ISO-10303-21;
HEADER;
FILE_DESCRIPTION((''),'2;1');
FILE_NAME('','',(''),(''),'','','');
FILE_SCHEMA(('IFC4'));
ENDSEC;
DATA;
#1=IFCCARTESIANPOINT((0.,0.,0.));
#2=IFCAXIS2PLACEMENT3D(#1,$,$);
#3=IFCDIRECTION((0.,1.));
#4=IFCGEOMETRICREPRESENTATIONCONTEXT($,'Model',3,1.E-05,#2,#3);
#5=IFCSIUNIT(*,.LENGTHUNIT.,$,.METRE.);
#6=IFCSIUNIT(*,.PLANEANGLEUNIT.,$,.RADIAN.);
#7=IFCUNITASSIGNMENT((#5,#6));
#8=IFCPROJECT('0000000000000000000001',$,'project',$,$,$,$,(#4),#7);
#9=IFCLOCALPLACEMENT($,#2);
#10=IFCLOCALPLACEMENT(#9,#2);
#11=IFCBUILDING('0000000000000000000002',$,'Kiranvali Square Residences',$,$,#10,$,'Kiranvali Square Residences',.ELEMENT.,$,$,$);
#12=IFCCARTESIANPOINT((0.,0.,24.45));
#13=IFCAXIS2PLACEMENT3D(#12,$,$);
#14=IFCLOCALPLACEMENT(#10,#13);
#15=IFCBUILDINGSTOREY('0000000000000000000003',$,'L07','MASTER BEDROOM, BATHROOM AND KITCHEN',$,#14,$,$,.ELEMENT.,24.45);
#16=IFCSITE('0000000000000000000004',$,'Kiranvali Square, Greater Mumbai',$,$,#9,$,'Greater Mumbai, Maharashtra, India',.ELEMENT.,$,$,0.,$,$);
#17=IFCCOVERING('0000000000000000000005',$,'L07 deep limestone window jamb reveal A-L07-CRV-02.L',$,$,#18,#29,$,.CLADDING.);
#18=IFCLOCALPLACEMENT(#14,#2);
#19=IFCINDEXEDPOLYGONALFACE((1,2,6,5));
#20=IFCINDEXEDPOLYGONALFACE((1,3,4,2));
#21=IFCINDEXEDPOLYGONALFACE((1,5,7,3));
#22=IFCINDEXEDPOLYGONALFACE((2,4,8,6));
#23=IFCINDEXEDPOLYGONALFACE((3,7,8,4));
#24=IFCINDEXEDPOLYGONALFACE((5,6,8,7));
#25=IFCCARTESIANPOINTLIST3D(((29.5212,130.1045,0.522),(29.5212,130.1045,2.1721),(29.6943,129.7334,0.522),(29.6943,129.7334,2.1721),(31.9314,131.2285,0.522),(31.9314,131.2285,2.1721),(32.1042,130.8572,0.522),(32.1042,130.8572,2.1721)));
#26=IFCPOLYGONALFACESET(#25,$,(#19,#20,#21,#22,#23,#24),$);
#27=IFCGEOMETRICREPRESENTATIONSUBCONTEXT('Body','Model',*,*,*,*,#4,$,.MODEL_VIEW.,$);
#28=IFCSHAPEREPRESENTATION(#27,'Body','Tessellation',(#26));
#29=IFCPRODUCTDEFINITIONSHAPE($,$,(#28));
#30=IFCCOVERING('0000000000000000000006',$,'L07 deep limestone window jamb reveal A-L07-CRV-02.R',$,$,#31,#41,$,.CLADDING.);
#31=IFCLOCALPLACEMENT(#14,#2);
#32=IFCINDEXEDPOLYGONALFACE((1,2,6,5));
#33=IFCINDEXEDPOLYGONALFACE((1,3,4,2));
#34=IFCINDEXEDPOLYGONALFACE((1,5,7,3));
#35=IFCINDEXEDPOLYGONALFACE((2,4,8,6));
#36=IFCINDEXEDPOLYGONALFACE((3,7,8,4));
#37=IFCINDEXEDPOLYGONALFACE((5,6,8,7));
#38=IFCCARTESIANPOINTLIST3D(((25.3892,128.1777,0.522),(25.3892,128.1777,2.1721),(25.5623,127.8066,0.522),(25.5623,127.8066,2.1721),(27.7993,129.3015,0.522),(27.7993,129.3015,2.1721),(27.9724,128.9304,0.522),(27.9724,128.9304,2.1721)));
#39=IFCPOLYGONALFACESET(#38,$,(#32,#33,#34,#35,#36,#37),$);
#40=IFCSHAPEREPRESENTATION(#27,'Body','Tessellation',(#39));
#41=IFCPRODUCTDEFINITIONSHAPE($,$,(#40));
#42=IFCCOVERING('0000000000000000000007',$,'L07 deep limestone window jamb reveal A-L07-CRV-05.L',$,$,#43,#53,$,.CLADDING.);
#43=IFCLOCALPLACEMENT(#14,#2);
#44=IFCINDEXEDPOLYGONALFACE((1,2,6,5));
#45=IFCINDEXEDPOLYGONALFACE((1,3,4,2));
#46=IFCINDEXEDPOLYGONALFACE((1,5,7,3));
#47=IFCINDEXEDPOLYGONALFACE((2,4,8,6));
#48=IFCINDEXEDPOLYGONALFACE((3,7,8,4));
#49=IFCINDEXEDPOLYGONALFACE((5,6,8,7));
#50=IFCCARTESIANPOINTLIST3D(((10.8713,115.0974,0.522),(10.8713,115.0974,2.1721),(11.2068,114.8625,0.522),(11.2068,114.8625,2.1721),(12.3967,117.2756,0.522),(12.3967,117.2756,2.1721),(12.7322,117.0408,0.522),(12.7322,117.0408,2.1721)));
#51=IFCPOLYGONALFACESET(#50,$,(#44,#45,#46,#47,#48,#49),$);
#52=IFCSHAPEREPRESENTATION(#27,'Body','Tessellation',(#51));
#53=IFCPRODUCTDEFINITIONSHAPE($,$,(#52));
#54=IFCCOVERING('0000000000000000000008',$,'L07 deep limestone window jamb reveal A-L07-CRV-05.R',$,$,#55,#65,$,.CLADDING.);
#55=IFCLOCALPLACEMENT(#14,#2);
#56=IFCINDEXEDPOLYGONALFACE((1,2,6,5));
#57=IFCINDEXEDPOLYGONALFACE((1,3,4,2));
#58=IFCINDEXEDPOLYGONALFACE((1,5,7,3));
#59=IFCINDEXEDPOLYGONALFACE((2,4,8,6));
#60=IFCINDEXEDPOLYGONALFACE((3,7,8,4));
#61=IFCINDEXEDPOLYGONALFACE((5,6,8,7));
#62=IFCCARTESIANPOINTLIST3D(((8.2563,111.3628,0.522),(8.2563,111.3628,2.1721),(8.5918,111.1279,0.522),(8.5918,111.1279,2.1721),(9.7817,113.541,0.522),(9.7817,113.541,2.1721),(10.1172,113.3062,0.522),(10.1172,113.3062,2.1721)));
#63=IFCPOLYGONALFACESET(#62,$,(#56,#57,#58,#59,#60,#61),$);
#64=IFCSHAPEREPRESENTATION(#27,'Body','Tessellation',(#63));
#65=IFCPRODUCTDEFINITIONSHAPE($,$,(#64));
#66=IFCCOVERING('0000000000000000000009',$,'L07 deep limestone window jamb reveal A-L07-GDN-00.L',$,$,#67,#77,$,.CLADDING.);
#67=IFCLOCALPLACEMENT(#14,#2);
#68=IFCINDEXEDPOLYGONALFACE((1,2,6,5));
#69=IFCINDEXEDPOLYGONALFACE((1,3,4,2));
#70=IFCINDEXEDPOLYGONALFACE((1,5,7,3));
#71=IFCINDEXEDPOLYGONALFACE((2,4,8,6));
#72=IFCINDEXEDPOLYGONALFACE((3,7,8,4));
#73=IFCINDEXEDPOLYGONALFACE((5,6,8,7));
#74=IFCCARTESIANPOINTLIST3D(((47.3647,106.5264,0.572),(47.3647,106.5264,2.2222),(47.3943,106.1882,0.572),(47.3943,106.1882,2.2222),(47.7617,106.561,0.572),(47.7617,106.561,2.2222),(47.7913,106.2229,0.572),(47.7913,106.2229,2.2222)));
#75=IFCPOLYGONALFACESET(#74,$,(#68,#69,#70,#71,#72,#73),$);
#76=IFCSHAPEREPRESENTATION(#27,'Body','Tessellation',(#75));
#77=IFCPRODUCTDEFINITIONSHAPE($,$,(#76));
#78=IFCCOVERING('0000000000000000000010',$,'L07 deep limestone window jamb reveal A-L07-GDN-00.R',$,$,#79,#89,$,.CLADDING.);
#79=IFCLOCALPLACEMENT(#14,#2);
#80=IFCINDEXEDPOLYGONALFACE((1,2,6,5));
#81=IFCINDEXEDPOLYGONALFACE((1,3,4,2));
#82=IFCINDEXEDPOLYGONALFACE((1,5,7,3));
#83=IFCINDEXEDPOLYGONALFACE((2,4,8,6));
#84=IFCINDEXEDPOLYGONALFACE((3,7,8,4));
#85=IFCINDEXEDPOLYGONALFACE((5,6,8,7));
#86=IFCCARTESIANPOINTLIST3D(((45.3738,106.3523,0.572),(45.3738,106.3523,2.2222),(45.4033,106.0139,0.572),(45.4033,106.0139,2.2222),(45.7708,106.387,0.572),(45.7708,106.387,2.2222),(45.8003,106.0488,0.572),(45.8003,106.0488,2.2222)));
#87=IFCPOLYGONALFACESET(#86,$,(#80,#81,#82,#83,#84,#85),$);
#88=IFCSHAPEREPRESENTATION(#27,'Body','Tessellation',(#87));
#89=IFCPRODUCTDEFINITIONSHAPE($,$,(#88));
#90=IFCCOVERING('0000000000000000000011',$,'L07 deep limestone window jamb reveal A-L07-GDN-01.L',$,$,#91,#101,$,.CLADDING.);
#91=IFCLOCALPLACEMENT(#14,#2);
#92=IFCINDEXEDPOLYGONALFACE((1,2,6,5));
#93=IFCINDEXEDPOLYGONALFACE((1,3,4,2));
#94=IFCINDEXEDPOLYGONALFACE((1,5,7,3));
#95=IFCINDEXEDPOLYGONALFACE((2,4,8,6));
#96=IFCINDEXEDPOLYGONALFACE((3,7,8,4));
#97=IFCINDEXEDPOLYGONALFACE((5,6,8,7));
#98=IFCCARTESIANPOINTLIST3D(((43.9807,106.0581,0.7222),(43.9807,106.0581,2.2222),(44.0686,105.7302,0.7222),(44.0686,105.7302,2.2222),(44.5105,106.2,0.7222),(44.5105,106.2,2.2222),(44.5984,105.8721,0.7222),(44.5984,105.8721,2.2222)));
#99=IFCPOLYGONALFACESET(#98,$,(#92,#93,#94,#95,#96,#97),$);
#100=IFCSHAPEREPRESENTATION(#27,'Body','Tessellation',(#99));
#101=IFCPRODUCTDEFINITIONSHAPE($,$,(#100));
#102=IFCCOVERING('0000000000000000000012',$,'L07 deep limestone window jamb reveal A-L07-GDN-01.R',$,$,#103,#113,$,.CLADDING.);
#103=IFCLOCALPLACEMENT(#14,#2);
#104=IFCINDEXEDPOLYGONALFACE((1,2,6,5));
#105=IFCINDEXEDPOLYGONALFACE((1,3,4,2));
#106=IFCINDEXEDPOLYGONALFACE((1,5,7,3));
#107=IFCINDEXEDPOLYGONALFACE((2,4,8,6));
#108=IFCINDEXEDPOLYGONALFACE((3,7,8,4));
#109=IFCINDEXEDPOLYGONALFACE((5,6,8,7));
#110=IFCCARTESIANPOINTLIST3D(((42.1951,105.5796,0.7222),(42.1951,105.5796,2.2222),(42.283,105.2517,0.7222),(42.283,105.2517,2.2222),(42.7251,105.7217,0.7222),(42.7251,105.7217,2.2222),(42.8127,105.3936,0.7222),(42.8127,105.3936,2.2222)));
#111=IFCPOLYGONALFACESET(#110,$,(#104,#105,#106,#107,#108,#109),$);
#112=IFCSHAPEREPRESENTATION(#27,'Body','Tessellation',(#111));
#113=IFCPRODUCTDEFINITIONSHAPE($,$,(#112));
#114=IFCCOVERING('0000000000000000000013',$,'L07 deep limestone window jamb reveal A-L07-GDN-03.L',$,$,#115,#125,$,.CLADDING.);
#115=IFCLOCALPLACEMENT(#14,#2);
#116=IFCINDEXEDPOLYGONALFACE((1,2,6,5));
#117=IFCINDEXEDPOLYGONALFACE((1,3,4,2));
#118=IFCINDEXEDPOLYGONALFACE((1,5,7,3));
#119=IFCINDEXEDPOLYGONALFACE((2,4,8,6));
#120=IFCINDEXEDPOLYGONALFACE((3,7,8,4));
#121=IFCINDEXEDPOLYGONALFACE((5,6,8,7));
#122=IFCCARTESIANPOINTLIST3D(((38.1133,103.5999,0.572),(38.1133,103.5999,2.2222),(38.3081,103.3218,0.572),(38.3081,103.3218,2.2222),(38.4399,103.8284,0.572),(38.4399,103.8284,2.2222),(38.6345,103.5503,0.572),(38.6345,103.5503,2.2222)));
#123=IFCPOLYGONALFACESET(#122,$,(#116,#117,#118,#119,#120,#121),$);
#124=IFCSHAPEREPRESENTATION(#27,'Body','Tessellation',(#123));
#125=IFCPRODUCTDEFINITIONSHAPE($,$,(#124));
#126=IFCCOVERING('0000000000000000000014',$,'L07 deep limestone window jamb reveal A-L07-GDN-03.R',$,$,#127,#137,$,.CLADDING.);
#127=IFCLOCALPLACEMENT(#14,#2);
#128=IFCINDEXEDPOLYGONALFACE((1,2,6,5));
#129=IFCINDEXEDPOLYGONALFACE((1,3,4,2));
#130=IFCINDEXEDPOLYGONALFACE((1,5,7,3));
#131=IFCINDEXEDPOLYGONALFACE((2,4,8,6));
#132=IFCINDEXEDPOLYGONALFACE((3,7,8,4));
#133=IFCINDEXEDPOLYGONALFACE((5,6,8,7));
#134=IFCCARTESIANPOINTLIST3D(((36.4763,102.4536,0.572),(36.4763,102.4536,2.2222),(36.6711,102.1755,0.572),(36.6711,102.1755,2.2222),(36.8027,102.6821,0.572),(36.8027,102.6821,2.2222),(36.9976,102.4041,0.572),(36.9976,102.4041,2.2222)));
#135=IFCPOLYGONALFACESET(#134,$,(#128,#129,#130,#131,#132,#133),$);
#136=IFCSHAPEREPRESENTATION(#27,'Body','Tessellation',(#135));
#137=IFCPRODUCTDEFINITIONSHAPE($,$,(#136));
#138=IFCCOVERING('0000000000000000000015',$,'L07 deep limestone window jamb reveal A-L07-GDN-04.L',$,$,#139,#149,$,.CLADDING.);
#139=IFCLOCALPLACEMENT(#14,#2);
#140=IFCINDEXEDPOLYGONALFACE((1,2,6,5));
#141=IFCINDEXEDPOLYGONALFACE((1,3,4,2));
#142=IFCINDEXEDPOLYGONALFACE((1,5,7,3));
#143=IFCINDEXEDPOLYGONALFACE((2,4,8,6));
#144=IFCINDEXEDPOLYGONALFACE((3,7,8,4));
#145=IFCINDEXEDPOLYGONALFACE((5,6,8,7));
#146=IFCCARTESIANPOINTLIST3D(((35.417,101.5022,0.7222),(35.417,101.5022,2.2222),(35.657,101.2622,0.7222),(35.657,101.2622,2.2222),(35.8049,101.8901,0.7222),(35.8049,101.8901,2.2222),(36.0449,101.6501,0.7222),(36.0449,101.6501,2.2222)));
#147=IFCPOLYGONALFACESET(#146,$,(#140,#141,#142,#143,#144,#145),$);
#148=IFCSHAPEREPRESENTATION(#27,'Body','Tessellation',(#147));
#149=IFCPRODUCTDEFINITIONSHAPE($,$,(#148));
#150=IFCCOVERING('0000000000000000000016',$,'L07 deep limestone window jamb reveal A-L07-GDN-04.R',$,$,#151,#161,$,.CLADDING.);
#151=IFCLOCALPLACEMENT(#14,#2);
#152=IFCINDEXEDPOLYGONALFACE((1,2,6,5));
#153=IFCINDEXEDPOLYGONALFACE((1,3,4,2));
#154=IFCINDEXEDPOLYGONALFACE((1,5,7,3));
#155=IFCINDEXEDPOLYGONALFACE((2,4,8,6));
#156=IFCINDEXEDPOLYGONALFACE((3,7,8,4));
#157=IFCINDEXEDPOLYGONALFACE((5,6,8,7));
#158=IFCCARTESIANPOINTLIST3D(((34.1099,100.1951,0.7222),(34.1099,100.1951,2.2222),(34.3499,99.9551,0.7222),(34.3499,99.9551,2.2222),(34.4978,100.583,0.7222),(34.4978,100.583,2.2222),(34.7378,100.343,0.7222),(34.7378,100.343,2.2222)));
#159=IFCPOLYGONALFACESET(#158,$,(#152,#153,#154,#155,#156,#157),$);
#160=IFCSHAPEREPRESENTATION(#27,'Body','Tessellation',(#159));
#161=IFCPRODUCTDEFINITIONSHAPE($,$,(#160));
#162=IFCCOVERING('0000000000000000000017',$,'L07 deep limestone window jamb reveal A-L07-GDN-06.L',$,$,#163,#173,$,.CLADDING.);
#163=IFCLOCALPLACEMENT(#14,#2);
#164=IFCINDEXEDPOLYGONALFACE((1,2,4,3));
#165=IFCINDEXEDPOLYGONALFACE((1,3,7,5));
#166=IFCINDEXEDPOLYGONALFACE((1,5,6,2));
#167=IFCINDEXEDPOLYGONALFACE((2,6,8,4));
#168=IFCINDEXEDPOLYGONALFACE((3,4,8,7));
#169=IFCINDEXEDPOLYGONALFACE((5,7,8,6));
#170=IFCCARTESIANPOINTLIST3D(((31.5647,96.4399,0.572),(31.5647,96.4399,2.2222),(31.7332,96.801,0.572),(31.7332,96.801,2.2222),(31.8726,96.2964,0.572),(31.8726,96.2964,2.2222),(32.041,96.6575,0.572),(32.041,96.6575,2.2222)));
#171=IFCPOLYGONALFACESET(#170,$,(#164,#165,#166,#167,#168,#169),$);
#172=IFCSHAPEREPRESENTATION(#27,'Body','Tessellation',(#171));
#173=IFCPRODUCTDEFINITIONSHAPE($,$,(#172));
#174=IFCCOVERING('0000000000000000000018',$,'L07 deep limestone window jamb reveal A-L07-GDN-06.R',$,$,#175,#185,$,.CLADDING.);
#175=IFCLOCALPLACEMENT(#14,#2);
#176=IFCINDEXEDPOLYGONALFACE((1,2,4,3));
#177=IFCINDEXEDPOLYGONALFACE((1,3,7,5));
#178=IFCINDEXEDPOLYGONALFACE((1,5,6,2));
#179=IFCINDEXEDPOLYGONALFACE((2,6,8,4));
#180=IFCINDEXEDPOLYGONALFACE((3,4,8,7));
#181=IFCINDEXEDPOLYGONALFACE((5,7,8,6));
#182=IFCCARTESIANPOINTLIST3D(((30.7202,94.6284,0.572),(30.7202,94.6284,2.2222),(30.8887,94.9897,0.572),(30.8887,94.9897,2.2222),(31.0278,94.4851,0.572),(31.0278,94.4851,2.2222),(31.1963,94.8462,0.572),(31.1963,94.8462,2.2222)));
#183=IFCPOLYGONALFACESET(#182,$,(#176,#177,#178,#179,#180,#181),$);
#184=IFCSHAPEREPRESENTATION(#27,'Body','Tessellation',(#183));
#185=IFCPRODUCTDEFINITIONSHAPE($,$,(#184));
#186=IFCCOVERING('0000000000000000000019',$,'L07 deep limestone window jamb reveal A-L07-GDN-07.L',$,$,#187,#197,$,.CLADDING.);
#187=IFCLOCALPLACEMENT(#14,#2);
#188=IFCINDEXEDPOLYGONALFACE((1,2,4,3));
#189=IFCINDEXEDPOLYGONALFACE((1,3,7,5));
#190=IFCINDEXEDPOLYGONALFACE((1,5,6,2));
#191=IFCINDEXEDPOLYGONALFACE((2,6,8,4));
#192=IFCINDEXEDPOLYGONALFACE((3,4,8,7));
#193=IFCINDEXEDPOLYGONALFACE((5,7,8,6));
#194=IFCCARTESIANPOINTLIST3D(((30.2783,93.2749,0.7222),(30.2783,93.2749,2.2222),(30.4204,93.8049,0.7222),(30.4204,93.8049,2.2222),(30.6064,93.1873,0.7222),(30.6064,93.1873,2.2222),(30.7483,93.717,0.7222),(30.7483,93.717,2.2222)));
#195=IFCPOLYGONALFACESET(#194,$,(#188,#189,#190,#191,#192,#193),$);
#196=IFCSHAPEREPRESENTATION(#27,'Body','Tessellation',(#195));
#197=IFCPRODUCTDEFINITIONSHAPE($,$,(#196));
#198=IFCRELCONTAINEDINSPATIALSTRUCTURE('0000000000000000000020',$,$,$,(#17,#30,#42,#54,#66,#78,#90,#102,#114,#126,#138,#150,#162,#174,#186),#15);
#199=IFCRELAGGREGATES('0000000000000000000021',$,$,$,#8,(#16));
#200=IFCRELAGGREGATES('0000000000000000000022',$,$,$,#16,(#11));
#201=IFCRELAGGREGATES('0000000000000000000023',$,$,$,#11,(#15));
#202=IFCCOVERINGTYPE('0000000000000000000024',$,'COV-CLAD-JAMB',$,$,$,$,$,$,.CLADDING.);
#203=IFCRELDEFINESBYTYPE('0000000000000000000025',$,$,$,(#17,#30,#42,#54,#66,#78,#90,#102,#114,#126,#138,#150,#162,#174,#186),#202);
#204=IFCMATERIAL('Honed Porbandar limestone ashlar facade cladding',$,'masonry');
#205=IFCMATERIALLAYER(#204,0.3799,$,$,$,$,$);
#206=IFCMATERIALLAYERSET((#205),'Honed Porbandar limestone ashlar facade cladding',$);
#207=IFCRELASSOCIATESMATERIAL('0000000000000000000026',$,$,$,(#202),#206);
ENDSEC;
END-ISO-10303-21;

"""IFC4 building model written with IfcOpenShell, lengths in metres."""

from ifc_helpers import new_model, si_unit, direction, frame, origin, place, context, subcontext, project, spatial, polyline, outline, extrude, material, layer, layer_set, type_object, element, save


model = new_model("IFC4")

# Units and contexts
model_context = context("Model", 3, precision=1e-05, world=origin(), true_north=direction((0.0, 1.0)))
body_context = subcontext(model_context, "Body", "Model", "MODEL_VIEW")
ifc_project = project(units=[si_unit("LENGTHUNIT", "METRE"), si_unit("PLANEANGLEUNIT", "RADIAN")], contexts=[model_context])

# Site, building, storey
site_placement = place(None, origin())
site = spatial("IfcSite", under=ifc_project, at=site_placement, Name="Kiranvali Square, Greater Mumbai", LongName="Greater Mumbai, Maharashtra, India", CompositionType="ELEMENT", RefElevation=0.0)
building_placement = place(site_placement, origin())
building = spatial("IfcBuilding", under=site, at=building_placement, Name="Kiranvali Square Residences", LongName="Kiranvali Square Residences", CompositionType="ELEMENT")
storey_placement = place(building_placement, frame((0.0, 0.0, 24.45)))
storey = spatial("IfcBuildingStorey", under=building, at=storey_placement, Name="L07", Description="MASTER BEDROOM, BATHROOM AND KITCHEN", CompositionType="ELEMENT", Elevation=24.45)

# Coverings
ifc_material = material(Name="Honed Porbandar limestone ashlar facade cladding", Category="masonry")
ifc_layer = layer(ifc_material, 0.3799)
ifc_layer_set = layer_set([ifc_layer], Name="Honed Porbandar limestone ashlar facade cladding")
covering_type = type_object("IfcCoveringType", Name="COV-CLAD-JAMB", PredefinedType="CLADDING", material=ifc_layer_set)
covering_1_placement = place(storey_placement, frame((0.0, 0.0, 0.522)))
element("IfcCovering", 1, at=covering_1_placement, inside=storey, type_object=covering_type, Name="L07 deep limestone window jamb reveal A-L07-CRV-02.L", PredefinedType="CLADDING", context=body_context, shape_type="SweptSolid", body=[
    extrude(outline(polyline([(31.9314, 131.2285), (29.5212, 130.1045), (29.6943, 129.7334), (32.1042, 130.8572), (31.9314, 131.2285)])), origin(), (0.0, 0.0, 1.0), 1.6501),
])
covering_2_placement = place(storey_placement, frame((0.0, 0.0, 0.522)))
element("IfcCovering", 2, at=covering_2_placement, inside=storey, type_object=covering_type, Name="L07 deep limestone window jamb reveal A-L07-CRV-02.R", PredefinedType="CLADDING", context=body_context, shape_type="SweptSolid", body=[
    extrude(outline(polyline([(27.7993, 129.3015), (25.3892, 128.1777), (25.5623, 127.8066), (27.9724, 128.9304), (27.7993, 129.3015)])), origin(), (0.0, 0.0, 1.0), 1.6501),
])
covering_3_placement = place(storey_placement, frame((0.0, 0.0, 0.522)))
element("IfcCovering", 3, at=covering_3_placement, inside=storey, type_object=covering_type, Name="L07 deep limestone window jamb reveal A-L07-CRV-05.L", PredefinedType="CLADDING", context=body_context, shape_type="SweptSolid", body=[
    extrude(outline(polyline([(12.3967, 117.2756), (10.8713, 115.0974), (11.2068, 114.8625), (12.7322, 117.0408), (12.3967, 117.2756)])), origin(), (0.0, 0.0, 1.0), 1.6501),
])
covering_4_placement = place(storey_placement, frame((0.0, 0.0, 0.522)))
element("IfcCovering", 4, at=covering_4_placement, inside=storey, type_object=covering_type, Name="L07 deep limestone window jamb reveal A-L07-CRV-05.R", PredefinedType="CLADDING", context=body_context, shape_type="SweptSolid", body=[
    extrude(outline(polyline([(9.7817, 113.541), (8.2563, 111.3628), (8.5918, 111.1279), (10.1172, 113.3062), (9.7817, 113.541)])), origin(), (0.0, 0.0, 1.0), 1.6501),
])
covering_5_placement = place(storey_placement, frame((0.0, 0.0, 0.572)))
element("IfcCovering", 5, at=covering_5_placement, inside=storey, type_object=covering_type, Name="L07 deep limestone window jamb reveal A-L07-GDN-00.L", PredefinedType="CLADDING", context=body_context, shape_type="SweptSolid", body=[
    extrude(outline(polyline([(47.7617, 106.561), (47.3647, 106.5264), (47.3943, 106.1882), (47.7913, 106.2229), (47.7617, 106.561)])), origin(), (0.0, 0.0, 1.0), 1.6501),
])
covering_6_placement = place(storey_placement, frame((0.0, 0.0, 0.572)))
element("IfcCovering", 6, at=covering_6_placement, inside=storey, type_object=covering_type, Name="L07 deep limestone window jamb reveal A-L07-GDN-00.R", PredefinedType="CLADDING", context=body_context, shape_type="SweptSolid", body=[
    extrude(outline(polyline([(45.7708, 106.387), (45.3738, 106.3523), (45.4033, 106.0139), (45.8003, 106.0488), (45.7708, 106.387)])), origin(), (0.0, 0.0, 1.0), 1.6501),
])
covering_7_placement = place(storey_placement, frame((0.0, 0.0, 0.7222)))
element("IfcCovering", 7, at=covering_7_placement, inside=storey, type_object=covering_type, Name="L07 deep limestone window jamb reveal A-L07-GDN-01.L", PredefinedType="CLADDING", context=body_context, shape_type="SweptSolid", body=[
    extrude(outline(polyline([(44.5105, 106.2), (43.9807, 106.0581), (44.0686, 105.7302), (44.5984, 105.8721), (44.5105, 106.2)])), origin(), (0.0, 0.0, 1.0), 1.5),
])
covering_8_placement = place(storey_placement, frame((0.0, 0.0, 0.7222)))
element("IfcCovering", 8, at=covering_8_placement, inside=storey, type_object=covering_type, Name="L07 deep limestone window jamb reveal A-L07-GDN-01.R", PredefinedType="CLADDING", context=body_context, shape_type="SweptSolid", body=[
    extrude(outline(polyline([(42.7251, 105.7217), (42.1951, 105.5796), (42.283, 105.2517), (42.8127, 105.3936), (42.7251, 105.7217)])), origin(), (0.0, 0.0, 1.0), 1.5),
])
covering_9_placement = place(storey_placement, frame((0.0, 0.0, 0.572)))
element("IfcCovering", 9, at=covering_9_placement, inside=storey, type_object=covering_type, Name="L07 deep limestone window jamb reveal A-L07-GDN-03.L", PredefinedType="CLADDING", context=body_context, shape_type="SweptSolid", body=[
    extrude(outline(polyline([(38.4399, 103.8284), (38.1133, 103.5999), (38.3081, 103.3218), (38.6345, 103.5503), (38.4399, 103.8284)])), origin(), (0.0, 0.0, 1.0), 1.6501),
])
covering_10_placement = place(storey_placement, frame((0.0, 0.0, 0.572)))
element("IfcCovering", 10, at=covering_10_placement, inside=storey, type_object=covering_type, Name="L07 deep limestone window jamb reveal A-L07-GDN-03.R", PredefinedType="CLADDING", context=body_context, shape_type="SweptSolid", body=[
    extrude(outline(polyline([(36.8027, 102.6821), (36.4763, 102.4536), (36.6711, 102.1755), (36.9976, 102.4041), (36.8027, 102.6821)])), origin(), (0.0, 0.0, 1.0), 1.6501),
])
covering_11_placement = place(storey_placement, frame((0.0, 0.0, 0.7222)))
element("IfcCovering", 11, at=covering_11_placement, inside=storey, type_object=covering_type, Name="L07 deep limestone window jamb reveal A-L07-GDN-04.L", PredefinedType="CLADDING", context=body_context, shape_type="SweptSolid", body=[
    extrude(outline(polyline([(35.8049, 101.8901), (35.417, 101.5022), (35.657, 101.2622), (36.0449, 101.6501), (35.8049, 101.8901)])), origin(), (0.0, 0.0, 1.0), 1.5),
])
covering_12_placement = place(storey_placement, frame((0.0, 0.0, 0.7222)))
element("IfcCovering", 12, at=covering_12_placement, inside=storey, type_object=covering_type, Name="L07 deep limestone window jamb reveal A-L07-GDN-04.R", PredefinedType="CLADDING", context=body_context, shape_type="SweptSolid", body=[
    extrude(outline(polyline([(34.4978, 100.583), (34.1099, 100.1951), (34.3499, 99.9551), (34.7378, 100.343), (34.4978, 100.583)])), origin(), (0.0, 0.0, 1.0), 1.5),
])
covering_13_placement = place(storey_placement, frame((0.0, 0.0, 0.572)))
element("IfcCovering", 13, at=covering_13_placement, inside=storey, type_object=covering_type, Name="L07 deep limestone window jamb reveal A-L07-GDN-06.L", PredefinedType="CLADDING", context=body_context, shape_type="SweptSolid", body=[
    extrude(outline(polyline([(31.7332, 96.801), (31.5647, 96.4399), (31.8726, 96.2964), (32.041, 96.6575), (31.7332, 96.801)])), origin(), (0.0, 0.0, 1.0), 1.6501),
])
covering_14_placement = place(storey_placement, frame((0.0, 0.0, 0.572)))
element("IfcCovering", 14, at=covering_14_placement, inside=storey, type_object=covering_type, Name="L07 deep limestone window jamb reveal A-L07-GDN-06.R", PredefinedType="CLADDING", context=body_context, shape_type="SweptSolid", body=[
    extrude(outline(polyline([(30.8887, 94.9897), (30.7202, 94.6284), (31.0278, 94.4851), (31.1963, 94.8462), (30.8887, 94.9897)])), origin(), (0.0, 0.0, 1.0), 1.6501),
])
covering_15_placement = place(storey_placement, frame((0.0, 0.0, 0.7222)))
element("IfcCovering", 15, at=covering_15_placement, inside=storey, type_object=covering_type, Name="L07 deep limestone window jamb reveal A-L07-GDN-07.L", PredefinedType="CLADDING", context=body_context, shape_type="SweptSolid", body=[
    extrude(outline(polyline([(30.4204, 93.8049), (30.2783, 93.2749), (30.6064, 93.1873), (30.7483, 93.717), (30.4204, 93.8049)])), origin(), (0.0, 0.0, 1.0), 1.5),
])

save(model, "model.ifc")
